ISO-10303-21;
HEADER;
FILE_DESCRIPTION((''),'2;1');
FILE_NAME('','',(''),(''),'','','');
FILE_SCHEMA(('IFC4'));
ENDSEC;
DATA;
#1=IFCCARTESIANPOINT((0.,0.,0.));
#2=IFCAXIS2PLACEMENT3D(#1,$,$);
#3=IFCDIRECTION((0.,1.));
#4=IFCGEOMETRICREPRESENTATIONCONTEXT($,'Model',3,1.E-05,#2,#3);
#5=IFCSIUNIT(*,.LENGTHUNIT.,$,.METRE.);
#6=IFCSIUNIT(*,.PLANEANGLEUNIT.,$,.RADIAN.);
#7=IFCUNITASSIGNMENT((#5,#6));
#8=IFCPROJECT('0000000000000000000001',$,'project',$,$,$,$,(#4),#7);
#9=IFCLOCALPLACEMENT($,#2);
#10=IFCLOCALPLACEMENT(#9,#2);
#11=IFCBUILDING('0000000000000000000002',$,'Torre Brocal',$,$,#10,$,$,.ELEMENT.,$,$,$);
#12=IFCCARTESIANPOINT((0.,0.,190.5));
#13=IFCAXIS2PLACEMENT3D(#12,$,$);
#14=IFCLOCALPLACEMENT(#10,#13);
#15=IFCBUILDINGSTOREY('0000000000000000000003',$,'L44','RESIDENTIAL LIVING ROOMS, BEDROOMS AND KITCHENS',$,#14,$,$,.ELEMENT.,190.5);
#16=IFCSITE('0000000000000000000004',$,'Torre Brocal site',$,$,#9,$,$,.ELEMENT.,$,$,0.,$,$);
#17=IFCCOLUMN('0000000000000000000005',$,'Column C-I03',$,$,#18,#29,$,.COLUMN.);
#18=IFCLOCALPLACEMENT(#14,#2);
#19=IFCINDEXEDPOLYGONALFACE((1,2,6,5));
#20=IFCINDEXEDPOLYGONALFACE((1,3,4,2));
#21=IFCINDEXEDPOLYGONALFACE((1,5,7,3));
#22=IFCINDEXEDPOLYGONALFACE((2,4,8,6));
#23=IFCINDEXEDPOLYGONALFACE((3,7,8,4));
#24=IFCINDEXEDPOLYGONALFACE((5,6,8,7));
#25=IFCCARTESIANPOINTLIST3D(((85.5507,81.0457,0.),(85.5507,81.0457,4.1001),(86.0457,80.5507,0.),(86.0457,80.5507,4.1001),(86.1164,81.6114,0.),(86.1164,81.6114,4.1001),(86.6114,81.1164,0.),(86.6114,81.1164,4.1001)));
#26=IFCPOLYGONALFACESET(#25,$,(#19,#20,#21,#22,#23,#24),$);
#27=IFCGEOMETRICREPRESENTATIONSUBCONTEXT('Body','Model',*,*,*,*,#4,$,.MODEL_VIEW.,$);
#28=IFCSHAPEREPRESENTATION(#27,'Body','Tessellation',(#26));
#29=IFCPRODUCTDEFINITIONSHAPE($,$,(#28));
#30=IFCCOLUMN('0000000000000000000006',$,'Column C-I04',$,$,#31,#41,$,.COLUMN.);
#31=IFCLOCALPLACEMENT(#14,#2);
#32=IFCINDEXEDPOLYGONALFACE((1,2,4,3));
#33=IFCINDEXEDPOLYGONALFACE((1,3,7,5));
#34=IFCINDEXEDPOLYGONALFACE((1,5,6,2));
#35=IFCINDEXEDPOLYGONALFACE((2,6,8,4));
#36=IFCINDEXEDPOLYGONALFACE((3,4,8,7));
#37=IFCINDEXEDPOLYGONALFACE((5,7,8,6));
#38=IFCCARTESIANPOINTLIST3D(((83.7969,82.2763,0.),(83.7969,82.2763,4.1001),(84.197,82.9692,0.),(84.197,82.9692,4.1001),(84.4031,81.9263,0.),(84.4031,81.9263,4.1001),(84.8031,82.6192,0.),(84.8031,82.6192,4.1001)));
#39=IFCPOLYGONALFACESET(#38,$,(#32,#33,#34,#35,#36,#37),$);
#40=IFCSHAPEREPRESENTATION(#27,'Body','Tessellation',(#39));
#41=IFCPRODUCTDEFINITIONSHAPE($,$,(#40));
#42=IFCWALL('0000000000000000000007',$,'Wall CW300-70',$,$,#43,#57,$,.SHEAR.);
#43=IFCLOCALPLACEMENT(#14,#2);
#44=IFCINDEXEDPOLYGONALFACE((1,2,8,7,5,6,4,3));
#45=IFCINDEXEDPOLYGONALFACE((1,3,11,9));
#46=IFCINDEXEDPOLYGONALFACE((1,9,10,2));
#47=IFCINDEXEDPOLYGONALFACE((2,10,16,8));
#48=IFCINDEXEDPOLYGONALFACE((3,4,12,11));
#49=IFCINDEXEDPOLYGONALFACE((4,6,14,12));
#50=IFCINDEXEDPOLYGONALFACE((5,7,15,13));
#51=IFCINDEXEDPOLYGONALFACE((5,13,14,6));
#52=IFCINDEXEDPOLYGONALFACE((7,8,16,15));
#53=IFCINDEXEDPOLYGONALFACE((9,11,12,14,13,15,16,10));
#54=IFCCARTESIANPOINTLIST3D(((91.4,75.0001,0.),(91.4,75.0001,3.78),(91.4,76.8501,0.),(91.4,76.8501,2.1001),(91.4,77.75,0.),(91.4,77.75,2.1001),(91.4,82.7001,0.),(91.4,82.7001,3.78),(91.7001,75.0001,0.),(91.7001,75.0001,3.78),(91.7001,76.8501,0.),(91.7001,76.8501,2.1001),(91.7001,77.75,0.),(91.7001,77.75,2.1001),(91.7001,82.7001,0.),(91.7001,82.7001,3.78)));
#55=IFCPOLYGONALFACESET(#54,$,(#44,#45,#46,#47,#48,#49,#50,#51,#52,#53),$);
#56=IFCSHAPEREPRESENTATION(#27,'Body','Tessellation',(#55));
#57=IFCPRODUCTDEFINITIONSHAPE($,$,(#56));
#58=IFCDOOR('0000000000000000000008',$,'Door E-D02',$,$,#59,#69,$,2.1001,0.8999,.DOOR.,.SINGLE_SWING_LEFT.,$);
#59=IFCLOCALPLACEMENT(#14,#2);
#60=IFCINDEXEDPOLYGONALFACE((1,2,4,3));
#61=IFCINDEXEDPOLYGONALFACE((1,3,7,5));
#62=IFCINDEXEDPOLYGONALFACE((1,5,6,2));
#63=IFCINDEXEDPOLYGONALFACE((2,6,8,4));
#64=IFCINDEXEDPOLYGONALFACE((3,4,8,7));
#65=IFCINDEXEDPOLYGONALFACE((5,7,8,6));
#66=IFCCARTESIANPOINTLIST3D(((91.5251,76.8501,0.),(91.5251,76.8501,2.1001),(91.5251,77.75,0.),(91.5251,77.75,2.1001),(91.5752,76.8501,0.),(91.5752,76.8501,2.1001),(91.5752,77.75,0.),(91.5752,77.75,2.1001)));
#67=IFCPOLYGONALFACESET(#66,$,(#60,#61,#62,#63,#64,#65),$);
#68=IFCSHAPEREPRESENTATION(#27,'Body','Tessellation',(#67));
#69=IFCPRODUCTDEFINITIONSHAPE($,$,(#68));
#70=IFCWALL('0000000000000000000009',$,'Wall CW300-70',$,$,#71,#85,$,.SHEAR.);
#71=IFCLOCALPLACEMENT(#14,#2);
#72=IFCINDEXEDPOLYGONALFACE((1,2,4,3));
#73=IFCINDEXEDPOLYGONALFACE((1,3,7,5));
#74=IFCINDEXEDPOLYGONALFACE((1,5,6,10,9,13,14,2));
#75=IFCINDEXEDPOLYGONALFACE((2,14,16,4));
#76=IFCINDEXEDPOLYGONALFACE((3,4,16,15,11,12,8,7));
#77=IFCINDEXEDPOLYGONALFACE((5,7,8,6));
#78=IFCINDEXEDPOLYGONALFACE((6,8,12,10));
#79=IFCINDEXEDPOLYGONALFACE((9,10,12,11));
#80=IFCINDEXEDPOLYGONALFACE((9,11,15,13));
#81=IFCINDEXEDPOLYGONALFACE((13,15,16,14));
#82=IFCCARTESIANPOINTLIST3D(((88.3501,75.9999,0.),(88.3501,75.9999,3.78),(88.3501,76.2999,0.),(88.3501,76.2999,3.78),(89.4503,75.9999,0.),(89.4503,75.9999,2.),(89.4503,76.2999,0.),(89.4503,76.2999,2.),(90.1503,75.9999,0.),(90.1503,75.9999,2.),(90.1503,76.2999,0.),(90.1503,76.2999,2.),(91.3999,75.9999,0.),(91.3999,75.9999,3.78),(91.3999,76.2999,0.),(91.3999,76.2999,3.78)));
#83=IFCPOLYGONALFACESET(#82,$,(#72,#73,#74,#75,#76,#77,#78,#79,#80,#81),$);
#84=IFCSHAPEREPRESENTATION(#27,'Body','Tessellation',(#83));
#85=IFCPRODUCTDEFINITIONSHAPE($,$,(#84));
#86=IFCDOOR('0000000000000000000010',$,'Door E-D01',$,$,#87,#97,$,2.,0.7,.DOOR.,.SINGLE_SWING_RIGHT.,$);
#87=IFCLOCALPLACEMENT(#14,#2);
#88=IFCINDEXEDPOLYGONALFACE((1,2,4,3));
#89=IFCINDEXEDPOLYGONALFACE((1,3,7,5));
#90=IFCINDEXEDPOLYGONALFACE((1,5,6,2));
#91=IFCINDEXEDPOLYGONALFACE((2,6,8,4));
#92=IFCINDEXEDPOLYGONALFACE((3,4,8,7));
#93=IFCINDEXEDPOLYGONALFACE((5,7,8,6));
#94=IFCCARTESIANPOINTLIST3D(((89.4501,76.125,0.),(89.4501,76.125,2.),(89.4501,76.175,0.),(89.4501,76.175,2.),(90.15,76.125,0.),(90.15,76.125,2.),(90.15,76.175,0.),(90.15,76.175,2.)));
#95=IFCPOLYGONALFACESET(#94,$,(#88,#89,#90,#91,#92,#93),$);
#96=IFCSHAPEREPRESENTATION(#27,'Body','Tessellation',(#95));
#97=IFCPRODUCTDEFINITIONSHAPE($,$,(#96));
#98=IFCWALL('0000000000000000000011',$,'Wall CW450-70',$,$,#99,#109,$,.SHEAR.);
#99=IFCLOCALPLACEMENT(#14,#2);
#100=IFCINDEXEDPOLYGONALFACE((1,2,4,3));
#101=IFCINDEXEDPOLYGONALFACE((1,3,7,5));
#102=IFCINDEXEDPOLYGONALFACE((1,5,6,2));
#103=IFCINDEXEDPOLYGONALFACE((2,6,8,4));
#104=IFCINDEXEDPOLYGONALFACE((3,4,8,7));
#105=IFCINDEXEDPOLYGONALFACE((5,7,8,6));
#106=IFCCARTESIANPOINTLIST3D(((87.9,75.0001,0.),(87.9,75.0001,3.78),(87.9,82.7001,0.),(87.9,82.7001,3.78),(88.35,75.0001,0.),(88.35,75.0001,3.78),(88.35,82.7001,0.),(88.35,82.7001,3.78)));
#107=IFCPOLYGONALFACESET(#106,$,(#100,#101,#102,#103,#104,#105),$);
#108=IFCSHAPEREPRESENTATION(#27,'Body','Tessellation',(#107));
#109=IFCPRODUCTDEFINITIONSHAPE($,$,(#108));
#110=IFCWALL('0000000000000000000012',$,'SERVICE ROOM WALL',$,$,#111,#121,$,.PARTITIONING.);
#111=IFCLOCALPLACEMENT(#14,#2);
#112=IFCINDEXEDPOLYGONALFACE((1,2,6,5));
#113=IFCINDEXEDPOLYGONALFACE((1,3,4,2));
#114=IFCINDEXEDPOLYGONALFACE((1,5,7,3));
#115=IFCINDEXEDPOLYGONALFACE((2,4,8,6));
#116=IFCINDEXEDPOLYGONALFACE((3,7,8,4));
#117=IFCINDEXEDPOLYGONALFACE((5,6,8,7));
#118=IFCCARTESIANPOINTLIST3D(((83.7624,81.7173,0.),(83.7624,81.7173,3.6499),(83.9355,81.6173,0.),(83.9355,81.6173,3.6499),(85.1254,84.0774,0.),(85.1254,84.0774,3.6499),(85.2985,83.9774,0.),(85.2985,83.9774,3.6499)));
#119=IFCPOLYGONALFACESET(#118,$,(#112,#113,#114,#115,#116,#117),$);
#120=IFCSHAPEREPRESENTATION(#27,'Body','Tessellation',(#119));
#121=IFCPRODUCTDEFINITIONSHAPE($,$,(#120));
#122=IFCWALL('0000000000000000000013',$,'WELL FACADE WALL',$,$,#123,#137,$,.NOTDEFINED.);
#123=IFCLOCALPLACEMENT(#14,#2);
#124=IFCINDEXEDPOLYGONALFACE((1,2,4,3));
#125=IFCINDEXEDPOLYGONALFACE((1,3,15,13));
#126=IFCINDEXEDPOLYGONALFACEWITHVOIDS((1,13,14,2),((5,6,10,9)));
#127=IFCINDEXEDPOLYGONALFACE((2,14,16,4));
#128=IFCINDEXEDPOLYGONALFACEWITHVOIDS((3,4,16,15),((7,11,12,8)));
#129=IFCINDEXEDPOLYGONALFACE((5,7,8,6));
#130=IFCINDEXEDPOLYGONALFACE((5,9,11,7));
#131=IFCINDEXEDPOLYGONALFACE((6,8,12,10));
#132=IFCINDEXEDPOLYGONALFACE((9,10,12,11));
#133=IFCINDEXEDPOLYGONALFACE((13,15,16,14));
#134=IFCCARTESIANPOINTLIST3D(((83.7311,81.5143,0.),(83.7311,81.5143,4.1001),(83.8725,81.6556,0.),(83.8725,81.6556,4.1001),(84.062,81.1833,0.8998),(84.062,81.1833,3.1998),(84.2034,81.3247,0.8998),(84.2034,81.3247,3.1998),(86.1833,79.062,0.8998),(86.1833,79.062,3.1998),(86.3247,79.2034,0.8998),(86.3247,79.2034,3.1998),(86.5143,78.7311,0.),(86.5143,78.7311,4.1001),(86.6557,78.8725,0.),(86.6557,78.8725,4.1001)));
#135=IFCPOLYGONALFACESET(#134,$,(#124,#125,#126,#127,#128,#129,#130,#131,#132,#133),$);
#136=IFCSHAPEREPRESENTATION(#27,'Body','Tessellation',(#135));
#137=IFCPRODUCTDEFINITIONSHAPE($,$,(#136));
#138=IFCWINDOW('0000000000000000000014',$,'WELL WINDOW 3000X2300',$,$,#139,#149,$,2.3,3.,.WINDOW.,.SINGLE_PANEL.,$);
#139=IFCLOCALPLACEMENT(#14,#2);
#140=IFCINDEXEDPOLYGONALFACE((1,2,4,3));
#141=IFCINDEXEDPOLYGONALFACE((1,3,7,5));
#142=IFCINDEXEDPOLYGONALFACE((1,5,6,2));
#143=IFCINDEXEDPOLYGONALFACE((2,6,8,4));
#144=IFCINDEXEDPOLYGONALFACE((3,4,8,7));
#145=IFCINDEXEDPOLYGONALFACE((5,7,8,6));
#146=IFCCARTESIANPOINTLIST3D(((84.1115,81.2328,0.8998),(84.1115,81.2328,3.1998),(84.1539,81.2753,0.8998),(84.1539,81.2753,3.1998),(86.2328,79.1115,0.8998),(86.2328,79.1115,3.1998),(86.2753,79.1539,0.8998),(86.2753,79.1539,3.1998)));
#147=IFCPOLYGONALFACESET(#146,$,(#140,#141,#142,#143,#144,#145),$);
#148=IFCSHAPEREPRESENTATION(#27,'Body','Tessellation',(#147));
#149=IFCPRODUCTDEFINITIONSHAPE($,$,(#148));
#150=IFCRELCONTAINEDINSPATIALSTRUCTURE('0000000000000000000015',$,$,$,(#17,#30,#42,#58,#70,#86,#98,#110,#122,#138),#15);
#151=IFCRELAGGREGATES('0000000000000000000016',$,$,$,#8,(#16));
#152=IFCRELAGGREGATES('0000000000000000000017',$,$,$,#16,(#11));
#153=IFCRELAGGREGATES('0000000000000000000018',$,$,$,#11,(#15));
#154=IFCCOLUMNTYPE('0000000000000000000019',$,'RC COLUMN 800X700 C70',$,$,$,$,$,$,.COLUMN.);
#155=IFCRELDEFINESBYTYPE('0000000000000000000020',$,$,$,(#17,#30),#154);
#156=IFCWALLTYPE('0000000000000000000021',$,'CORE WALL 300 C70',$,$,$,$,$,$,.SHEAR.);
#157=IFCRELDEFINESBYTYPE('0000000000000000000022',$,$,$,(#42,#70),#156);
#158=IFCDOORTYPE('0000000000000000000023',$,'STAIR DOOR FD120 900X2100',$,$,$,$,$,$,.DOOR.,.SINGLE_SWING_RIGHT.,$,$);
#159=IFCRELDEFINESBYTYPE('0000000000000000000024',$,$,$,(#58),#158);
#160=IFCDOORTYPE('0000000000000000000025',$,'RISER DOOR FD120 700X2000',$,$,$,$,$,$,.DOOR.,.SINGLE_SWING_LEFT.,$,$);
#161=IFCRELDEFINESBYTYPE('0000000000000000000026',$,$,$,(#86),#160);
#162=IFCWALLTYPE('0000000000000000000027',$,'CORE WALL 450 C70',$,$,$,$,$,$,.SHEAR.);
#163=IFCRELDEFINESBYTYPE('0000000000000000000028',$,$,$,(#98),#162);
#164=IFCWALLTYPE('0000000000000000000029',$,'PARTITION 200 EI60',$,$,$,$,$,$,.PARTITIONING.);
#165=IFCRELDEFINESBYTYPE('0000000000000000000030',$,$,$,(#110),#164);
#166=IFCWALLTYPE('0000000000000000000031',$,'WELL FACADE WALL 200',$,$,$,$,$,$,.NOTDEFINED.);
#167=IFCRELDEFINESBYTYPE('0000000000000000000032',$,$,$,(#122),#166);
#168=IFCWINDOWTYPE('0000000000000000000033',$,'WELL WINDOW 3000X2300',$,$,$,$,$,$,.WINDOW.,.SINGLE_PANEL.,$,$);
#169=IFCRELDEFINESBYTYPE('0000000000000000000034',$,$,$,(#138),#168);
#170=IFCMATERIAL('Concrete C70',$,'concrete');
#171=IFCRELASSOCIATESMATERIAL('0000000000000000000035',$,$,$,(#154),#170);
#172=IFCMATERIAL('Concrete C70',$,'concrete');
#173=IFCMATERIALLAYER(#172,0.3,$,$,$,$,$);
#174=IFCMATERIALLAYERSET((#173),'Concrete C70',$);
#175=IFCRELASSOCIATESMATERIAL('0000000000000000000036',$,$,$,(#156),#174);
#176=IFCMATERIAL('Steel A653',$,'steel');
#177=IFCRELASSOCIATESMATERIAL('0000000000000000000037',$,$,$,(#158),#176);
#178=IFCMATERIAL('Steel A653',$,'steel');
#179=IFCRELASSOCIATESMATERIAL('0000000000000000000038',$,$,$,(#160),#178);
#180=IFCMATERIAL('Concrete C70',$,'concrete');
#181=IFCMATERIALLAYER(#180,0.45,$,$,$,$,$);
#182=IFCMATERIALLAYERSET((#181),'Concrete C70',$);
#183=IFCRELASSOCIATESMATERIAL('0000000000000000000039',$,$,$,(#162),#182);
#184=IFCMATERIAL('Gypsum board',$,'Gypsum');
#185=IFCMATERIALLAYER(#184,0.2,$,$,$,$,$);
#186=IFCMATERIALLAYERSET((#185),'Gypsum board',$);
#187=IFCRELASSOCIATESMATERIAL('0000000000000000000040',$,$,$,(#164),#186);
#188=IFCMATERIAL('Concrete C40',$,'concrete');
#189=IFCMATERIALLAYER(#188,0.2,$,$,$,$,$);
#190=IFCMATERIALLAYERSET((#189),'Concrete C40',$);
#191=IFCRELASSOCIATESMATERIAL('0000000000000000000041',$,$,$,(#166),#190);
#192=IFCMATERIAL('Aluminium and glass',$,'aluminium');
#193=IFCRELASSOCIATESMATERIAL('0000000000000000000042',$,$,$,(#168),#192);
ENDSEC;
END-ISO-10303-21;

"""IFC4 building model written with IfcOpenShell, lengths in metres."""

from ifc_helpers import new_model, si_unit, direction, frame, frame_2d, origin, origin_2d, place, context, subcontext, project, spatial, rectangle, extrude, material, layer, layer_set, material_profile, profile_set, type_object, element, fill, save


model = new_model("IFC4")

# Units and contexts
model_context = context("Model", 3, precision=1e-05, world=origin(), true_north=direction((0.0, 1.0)))
body_context = subcontext(model_context, "Body", "Model", "MODEL_VIEW")
ifc_project = project(units=[si_unit("LENGTHUNIT", "METRE"), si_unit("PLANEANGLEUNIT", "RADIAN")], contexts=[model_context])

# Site, building, storey
site_placement = place(None, origin())
site = spatial("IfcSite", under=ifc_project, at=site_placement, Name="Torre Brocal site", CompositionType="ELEMENT", RefElevation=0.0)
building_placement = place(site_placement, origin())
building = spatial("IfcBuilding", under=site, at=building_placement, Name="Torre Brocal", CompositionType="ELEMENT")
storey_placement = place(building_placement, frame((0.0, 0.0, 190.5)))
storey = spatial("IfcBuildingStorey", under=building, at=storey_placement, Name="L44", Description="RESIDENTIAL LIVING ROOMS, BEDROOMS AND KITCHENS", CompositionType="ELEMENT", Elevation=190.5)

# Columns
ifc_material_1 = material(Name="Concrete C70", Category="concrete")
ifc_material_profile = material_profile(ifc_material_1, rectangle(XDim=0.8, YDim=0.7, at=origin_2d()), Name="RC 800X700")
ifc_profile_set = profile_set([ifc_material_profile], Name="Concrete C70")
column_type = type_object("IfcColumnType", Name="RC COLUMN 800X700 C70", PredefinedType="COLUMN", material=ifc_profile_set)
for number, where, z_axis, x_axis, name in (
    (1, (86.0811, 81.0811, 0.0), (0.0, 0.0, 1.0), (0.707107, 0.707107, 0.0), "Column C-I03"),
    (2, (84.3, 82.4478, 0.0), (0.0, 0.0, 1.0), (0.5, 0.866025, 0.0), "Column C-I04"),
):
    element("IfcColumn", number, at=place(storey_placement, frame(where, z_axis=z_axis, x_axis=x_axis)), inside=storey, type_object=column_type, Name=name, PredefinedType="COLUMN", context=body_context, shape_type="SweptSolid", body=[
        extrude(rectangle(XDim=0.8, YDim=0.7, at=origin_2d()), origin(), (0.0, 0.0, 1.0), 4.1001),
    ])

# Walls, openings, doors
ifc_material_2 = material(Name="Concrete C70", Category="concrete")
ifc_layer_1 = layer(ifc_material_2, 0.3)
ifc_layer_set_1 = layer_set([ifc_layer_1], Name="Concrete C70")
wall_type_1 = type_object("IfcWallType", Name="CORE WALL 300 C70", PredefinedType="SHEAR", material=ifc_layer_set_1)
wall_1_placement = place(storey_placement, frame((91.55, 75.0, 0.0), z_axis=(0.0, 0.0, 1.0), x_axis=(0.0, 1.0, 0.0)))
wall_1 = element("IfcWall", 3, at=wall_1_placement, inside=storey, type_object=wall_type_1, Name="Wall CW300-70", PredefinedType="SHEAR", context=body_context, shape_type="SweptSolid", body=[
    extrude(rectangle(XDim=7.7, YDim=0.3, at=frame_2d((3.8501, 0.0))), origin(), (0.0, 0.0, 1.0), 3.78),
])
opening_1_placement = place(wall_1_placement, frame((1.8501, 0.0, 0.0)))
opening_1 = element("IfcOpeningElement", 4, at=opening_1_placement, cuts=wall_1, PredefinedType="OPENING", context=body_context, shape_type="SweptSolid", body=[
    extrude(rectangle(XDim=0.8999, YDim=2.1001, at=frame_2d((0.45, 1.05))), frame((0.0, 0.1599, 0.0), z_axis=(0.0, -1.0, 0.0), x_axis=(1.0, 0.0, 0.0)), (0.0, 0.0, 1.0), 0.3201),
])
ifc_material_3 = material(Name="Steel A653", Category="steel")
door_type_1 = type_object("IfcDoorType", Name="STAIR DOOR FD120 900X2100", OperationType="SINGLE_SWING_RIGHT", PredefinedType="DOOR", material=ifc_material_3)
door_1_placement = place(opening_1_placement, origin())
door_1 = element("IfcDoor", 5, at=door_1_placement, inside=storey, type_object=door_type_1, Name="Door E-D02", OperationType="SINGLE_SWING_LEFT", OverallHeight=2.1001, OverallWidth=0.8999, PredefinedType="DOOR", context=body_context, shape_type="SweptSolid", body=[
    extrude(rectangle(XDim=0.8999, YDim=2.1001, at=frame_2d((0.45, 1.05))), frame((0.0, 0.0249, 0.0), z_axis=(0.0, -1.0, 0.0), x_axis=(1.0, 0.0, 0.0)), (0.0, 0.0, 1.0), 0.05),
])
fill(opening_1, door_1)
wall_2_placement = place(storey_placement, frame((88.3501, 76.1499, 0.0), z_axis=(0.0, 0.0, 1.0), x_axis=(1.0, 0.0, 0.0)))
wall_2 = element("IfcWall", 6, at=wall_2_placement, inside=storey, type_object=wall_type_1, Name="Wall CW300-70", PredefinedType="SHEAR", context=body_context, shape_type="SweptSolid", body=[
    extrude(rectangle(XDim=3.0498, YDim=0.3, at=frame_2d((1.5249, 0.0))), origin(), (0.0, 0.0, 1.0), 3.78),
])
opening_2_placement = place(wall_2_placement, frame((1.1001, 0.0, 0.0)))
opening_2 = element("IfcOpeningElement", 7, at=opening_2_placement, cuts=wall_2, PredefinedType="OPENING", context=body_context, shape_type="SweptSolid", body=[
    extrude(rectangle(XDim=0.7, YDim=2.0, at=frame_2d((0.3501, 1.0))), frame((0.0, 0.1599, 0.0), z_axis=(0.0, -1.0, 0.0), x_axis=(1.0, 0.0, 0.0)), (0.0, 0.0, 1.0), 0.3201),
])
ifc_material_4 = material(Name="Steel A653", Category="steel")
door_type_2 = type_object("IfcDoorType", Name="RISER DOOR FD120 700X2000", OperationType="SINGLE_SWING_LEFT", PredefinedType="DOOR", material=ifc_material_4)
door_2_placement = place(opening_2_placement, frame((0.7, 0.0, 0.0), z_axis=(0.0, 0.0, 1.0), x_axis=(-1.0, 0.0, 0.0)))
door_2 = element("IfcDoor", 8, at=door_2_placement, inside=storey, type_object=door_type_2, Name="Door E-D01", OperationType="SINGLE_SWING_RIGHT", OverallHeight=2.0, OverallWidth=0.7, PredefinedType="DOOR", context=body_context, shape_type="SweptSolid", body=[
    extrude(rectangle(XDim=0.7, YDim=2.0, at=frame_2d((0.3501, 1.0))), frame((0.0, 0.0249, 0.0), z_axis=(0.0, -1.0, 0.0), x_axis=(1.0, 0.0, 0.0)), (0.0, 0.0, 1.0), 0.05),
])
fill(opening_2, door_2)

# Walls
ifc_material_5 = material(Name="Concrete C70", Category="concrete")
ifc_layer_2 = layer(ifc_material_5, 0.45)
ifc_layer_set_2 = layer_set([ifc_layer_2], Name="Concrete C70")
wall_type_2 = type_object("IfcWallType", Name="CORE WALL 450 C70", PredefinedType="SHEAR", material=ifc_layer_set_2)
wall_3_placement = place(storey_placement, frame((88.125, 75.0, 0.0), z_axis=(0.0, 0.0, 1.0), x_axis=(0.0, 1.0, 0.0)))
element("IfcWall", 9, at=wall_3_placement, inside=storey, type_object=wall_type_2, Name="Wall CW450-70", PredefinedType="SHEAR", context=body_context, shape_type="SweptSolid", body=[
    extrude(rectangle(XDim=7.7, YDim=0.45, at=frame_2d((3.8501, 0.0))), origin(), (0.0, 0.0, 1.0), 3.78),
])
ifc_material_6 = material(Name="Gypsum board", Category="Gypsum")
ifc_layer_3 = layer(ifc_material_6, 0.2)
ifc_layer_set_3 = layer_set([ifc_layer_3], Name="Gypsum board")
wall_type_3 = type_object("IfcWallType", Name="PARTITION 200 EI60", PredefinedType="PARTITIONING", material=ifc_layer_set_3)
wall_4_placement = place(storey_placement, frame((83.8489, 81.6672, 0.0), z_axis=(0.0, 0.0, 1.0), x_axis=(0.500118, 0.865957, 0.0)))
element("IfcWall", 10, at=wall_4_placement, inside=storey, type_object=wall_type_3, Name="SERVICE ROOM WALL", PredefinedType="PARTITIONING", context=body_context, shape_type="SweptSolid", body=[
    extrude(rectangle(XDim=2.7253, YDim=0.2, at=frame_2d((1.3628, 0.0))), origin(), (0.0, 0.0, 1.0), 3.6499),
])

# Wall, opening, window
ifc_material_7 = material(Name="Concrete C40", Category="concrete")
ifc_layer_4 = layer(ifc_material_7, 0.2)
ifc_layer_set_4 = layer_set([ifc_layer_4], Name="Concrete C40")
wall_type_4 = type_object("IfcWallType", Name="WELL FACADE WALL 200", PredefinedType="NOTDEFINED", material=ifc_layer_set_4)
wall_5_placement = place(storey_placement, frame((86.585, 78.8018, 0.0), z_axis=(0.0, 0.0, 1.0), x_axis=(-0.707107, 0.707107, 0.0)))
wall_5 = element("IfcWall", 11, at=wall_5_placement, inside=storey, type_object=wall_type_4, Name="WELL FACADE WALL", PredefinedType="NOTDEFINED", context=body_context, shape_type="SweptSolid", body=[
    extrude(rectangle(XDim=3.936, YDim=0.2, at=frame_2d((1.968, 0.0))), origin(), (0.0, 0.0, 1.0), 4.1001),
])
opening_3_placement = place(wall_5_placement, frame((0.468, 0.0, 0.8999)))
opening_3 = element("IfcOpeningElement", 12, at=opening_3_placement, cuts=wall_5, PredefinedType="OPENING", context=body_context, shape_type="SweptSolid", body=[
    extrude(rectangle(XDim=3.0, YDim=2.3, at=frame_2d((1.5, 1.1499))), frame((0.0, 0.1099, 0.0), z_axis=(0.0, -1.0, 0.0), x_axis=(1.0, 0.0, 0.0)), (0.0, 0.0, 1.0), 0.22),
])
ifc_material_8 = material(Name="Aluminium and glass", Category="aluminium")
window_type = type_object("IfcWindowType", Name="WELL WINDOW 3000X2300", PartitioningType="SINGLE_PANEL", PredefinedType="WINDOW", material=ifc_material_8)
window_1_placement = place(opening_3_placement, origin())
window_1 = element("IfcWindow", 13, at=window_1_placement, inside=storey, type_object=window_type, Name="WELL WINDOW 3000X2300", OverallHeight=2.3, OverallWidth=3.0, PartitioningType="SINGLE_PANEL", PredefinedType="WINDOW", context=body_context, shape_type="SweptSolid", body=[
    extrude(rectangle(XDim=3.0, YDim=2.3, at=frame_2d((1.5, 1.1499))), frame((0.0, 0.03, 0.0), z_axis=(0.0, -1.0, 0.0), x_axis=(1.0, 0.0, 0.0)), (0.0, 0.0, 1.0), 0.0601),
])
fill(opening_3, window_1)

save(model, "model.ifc")
